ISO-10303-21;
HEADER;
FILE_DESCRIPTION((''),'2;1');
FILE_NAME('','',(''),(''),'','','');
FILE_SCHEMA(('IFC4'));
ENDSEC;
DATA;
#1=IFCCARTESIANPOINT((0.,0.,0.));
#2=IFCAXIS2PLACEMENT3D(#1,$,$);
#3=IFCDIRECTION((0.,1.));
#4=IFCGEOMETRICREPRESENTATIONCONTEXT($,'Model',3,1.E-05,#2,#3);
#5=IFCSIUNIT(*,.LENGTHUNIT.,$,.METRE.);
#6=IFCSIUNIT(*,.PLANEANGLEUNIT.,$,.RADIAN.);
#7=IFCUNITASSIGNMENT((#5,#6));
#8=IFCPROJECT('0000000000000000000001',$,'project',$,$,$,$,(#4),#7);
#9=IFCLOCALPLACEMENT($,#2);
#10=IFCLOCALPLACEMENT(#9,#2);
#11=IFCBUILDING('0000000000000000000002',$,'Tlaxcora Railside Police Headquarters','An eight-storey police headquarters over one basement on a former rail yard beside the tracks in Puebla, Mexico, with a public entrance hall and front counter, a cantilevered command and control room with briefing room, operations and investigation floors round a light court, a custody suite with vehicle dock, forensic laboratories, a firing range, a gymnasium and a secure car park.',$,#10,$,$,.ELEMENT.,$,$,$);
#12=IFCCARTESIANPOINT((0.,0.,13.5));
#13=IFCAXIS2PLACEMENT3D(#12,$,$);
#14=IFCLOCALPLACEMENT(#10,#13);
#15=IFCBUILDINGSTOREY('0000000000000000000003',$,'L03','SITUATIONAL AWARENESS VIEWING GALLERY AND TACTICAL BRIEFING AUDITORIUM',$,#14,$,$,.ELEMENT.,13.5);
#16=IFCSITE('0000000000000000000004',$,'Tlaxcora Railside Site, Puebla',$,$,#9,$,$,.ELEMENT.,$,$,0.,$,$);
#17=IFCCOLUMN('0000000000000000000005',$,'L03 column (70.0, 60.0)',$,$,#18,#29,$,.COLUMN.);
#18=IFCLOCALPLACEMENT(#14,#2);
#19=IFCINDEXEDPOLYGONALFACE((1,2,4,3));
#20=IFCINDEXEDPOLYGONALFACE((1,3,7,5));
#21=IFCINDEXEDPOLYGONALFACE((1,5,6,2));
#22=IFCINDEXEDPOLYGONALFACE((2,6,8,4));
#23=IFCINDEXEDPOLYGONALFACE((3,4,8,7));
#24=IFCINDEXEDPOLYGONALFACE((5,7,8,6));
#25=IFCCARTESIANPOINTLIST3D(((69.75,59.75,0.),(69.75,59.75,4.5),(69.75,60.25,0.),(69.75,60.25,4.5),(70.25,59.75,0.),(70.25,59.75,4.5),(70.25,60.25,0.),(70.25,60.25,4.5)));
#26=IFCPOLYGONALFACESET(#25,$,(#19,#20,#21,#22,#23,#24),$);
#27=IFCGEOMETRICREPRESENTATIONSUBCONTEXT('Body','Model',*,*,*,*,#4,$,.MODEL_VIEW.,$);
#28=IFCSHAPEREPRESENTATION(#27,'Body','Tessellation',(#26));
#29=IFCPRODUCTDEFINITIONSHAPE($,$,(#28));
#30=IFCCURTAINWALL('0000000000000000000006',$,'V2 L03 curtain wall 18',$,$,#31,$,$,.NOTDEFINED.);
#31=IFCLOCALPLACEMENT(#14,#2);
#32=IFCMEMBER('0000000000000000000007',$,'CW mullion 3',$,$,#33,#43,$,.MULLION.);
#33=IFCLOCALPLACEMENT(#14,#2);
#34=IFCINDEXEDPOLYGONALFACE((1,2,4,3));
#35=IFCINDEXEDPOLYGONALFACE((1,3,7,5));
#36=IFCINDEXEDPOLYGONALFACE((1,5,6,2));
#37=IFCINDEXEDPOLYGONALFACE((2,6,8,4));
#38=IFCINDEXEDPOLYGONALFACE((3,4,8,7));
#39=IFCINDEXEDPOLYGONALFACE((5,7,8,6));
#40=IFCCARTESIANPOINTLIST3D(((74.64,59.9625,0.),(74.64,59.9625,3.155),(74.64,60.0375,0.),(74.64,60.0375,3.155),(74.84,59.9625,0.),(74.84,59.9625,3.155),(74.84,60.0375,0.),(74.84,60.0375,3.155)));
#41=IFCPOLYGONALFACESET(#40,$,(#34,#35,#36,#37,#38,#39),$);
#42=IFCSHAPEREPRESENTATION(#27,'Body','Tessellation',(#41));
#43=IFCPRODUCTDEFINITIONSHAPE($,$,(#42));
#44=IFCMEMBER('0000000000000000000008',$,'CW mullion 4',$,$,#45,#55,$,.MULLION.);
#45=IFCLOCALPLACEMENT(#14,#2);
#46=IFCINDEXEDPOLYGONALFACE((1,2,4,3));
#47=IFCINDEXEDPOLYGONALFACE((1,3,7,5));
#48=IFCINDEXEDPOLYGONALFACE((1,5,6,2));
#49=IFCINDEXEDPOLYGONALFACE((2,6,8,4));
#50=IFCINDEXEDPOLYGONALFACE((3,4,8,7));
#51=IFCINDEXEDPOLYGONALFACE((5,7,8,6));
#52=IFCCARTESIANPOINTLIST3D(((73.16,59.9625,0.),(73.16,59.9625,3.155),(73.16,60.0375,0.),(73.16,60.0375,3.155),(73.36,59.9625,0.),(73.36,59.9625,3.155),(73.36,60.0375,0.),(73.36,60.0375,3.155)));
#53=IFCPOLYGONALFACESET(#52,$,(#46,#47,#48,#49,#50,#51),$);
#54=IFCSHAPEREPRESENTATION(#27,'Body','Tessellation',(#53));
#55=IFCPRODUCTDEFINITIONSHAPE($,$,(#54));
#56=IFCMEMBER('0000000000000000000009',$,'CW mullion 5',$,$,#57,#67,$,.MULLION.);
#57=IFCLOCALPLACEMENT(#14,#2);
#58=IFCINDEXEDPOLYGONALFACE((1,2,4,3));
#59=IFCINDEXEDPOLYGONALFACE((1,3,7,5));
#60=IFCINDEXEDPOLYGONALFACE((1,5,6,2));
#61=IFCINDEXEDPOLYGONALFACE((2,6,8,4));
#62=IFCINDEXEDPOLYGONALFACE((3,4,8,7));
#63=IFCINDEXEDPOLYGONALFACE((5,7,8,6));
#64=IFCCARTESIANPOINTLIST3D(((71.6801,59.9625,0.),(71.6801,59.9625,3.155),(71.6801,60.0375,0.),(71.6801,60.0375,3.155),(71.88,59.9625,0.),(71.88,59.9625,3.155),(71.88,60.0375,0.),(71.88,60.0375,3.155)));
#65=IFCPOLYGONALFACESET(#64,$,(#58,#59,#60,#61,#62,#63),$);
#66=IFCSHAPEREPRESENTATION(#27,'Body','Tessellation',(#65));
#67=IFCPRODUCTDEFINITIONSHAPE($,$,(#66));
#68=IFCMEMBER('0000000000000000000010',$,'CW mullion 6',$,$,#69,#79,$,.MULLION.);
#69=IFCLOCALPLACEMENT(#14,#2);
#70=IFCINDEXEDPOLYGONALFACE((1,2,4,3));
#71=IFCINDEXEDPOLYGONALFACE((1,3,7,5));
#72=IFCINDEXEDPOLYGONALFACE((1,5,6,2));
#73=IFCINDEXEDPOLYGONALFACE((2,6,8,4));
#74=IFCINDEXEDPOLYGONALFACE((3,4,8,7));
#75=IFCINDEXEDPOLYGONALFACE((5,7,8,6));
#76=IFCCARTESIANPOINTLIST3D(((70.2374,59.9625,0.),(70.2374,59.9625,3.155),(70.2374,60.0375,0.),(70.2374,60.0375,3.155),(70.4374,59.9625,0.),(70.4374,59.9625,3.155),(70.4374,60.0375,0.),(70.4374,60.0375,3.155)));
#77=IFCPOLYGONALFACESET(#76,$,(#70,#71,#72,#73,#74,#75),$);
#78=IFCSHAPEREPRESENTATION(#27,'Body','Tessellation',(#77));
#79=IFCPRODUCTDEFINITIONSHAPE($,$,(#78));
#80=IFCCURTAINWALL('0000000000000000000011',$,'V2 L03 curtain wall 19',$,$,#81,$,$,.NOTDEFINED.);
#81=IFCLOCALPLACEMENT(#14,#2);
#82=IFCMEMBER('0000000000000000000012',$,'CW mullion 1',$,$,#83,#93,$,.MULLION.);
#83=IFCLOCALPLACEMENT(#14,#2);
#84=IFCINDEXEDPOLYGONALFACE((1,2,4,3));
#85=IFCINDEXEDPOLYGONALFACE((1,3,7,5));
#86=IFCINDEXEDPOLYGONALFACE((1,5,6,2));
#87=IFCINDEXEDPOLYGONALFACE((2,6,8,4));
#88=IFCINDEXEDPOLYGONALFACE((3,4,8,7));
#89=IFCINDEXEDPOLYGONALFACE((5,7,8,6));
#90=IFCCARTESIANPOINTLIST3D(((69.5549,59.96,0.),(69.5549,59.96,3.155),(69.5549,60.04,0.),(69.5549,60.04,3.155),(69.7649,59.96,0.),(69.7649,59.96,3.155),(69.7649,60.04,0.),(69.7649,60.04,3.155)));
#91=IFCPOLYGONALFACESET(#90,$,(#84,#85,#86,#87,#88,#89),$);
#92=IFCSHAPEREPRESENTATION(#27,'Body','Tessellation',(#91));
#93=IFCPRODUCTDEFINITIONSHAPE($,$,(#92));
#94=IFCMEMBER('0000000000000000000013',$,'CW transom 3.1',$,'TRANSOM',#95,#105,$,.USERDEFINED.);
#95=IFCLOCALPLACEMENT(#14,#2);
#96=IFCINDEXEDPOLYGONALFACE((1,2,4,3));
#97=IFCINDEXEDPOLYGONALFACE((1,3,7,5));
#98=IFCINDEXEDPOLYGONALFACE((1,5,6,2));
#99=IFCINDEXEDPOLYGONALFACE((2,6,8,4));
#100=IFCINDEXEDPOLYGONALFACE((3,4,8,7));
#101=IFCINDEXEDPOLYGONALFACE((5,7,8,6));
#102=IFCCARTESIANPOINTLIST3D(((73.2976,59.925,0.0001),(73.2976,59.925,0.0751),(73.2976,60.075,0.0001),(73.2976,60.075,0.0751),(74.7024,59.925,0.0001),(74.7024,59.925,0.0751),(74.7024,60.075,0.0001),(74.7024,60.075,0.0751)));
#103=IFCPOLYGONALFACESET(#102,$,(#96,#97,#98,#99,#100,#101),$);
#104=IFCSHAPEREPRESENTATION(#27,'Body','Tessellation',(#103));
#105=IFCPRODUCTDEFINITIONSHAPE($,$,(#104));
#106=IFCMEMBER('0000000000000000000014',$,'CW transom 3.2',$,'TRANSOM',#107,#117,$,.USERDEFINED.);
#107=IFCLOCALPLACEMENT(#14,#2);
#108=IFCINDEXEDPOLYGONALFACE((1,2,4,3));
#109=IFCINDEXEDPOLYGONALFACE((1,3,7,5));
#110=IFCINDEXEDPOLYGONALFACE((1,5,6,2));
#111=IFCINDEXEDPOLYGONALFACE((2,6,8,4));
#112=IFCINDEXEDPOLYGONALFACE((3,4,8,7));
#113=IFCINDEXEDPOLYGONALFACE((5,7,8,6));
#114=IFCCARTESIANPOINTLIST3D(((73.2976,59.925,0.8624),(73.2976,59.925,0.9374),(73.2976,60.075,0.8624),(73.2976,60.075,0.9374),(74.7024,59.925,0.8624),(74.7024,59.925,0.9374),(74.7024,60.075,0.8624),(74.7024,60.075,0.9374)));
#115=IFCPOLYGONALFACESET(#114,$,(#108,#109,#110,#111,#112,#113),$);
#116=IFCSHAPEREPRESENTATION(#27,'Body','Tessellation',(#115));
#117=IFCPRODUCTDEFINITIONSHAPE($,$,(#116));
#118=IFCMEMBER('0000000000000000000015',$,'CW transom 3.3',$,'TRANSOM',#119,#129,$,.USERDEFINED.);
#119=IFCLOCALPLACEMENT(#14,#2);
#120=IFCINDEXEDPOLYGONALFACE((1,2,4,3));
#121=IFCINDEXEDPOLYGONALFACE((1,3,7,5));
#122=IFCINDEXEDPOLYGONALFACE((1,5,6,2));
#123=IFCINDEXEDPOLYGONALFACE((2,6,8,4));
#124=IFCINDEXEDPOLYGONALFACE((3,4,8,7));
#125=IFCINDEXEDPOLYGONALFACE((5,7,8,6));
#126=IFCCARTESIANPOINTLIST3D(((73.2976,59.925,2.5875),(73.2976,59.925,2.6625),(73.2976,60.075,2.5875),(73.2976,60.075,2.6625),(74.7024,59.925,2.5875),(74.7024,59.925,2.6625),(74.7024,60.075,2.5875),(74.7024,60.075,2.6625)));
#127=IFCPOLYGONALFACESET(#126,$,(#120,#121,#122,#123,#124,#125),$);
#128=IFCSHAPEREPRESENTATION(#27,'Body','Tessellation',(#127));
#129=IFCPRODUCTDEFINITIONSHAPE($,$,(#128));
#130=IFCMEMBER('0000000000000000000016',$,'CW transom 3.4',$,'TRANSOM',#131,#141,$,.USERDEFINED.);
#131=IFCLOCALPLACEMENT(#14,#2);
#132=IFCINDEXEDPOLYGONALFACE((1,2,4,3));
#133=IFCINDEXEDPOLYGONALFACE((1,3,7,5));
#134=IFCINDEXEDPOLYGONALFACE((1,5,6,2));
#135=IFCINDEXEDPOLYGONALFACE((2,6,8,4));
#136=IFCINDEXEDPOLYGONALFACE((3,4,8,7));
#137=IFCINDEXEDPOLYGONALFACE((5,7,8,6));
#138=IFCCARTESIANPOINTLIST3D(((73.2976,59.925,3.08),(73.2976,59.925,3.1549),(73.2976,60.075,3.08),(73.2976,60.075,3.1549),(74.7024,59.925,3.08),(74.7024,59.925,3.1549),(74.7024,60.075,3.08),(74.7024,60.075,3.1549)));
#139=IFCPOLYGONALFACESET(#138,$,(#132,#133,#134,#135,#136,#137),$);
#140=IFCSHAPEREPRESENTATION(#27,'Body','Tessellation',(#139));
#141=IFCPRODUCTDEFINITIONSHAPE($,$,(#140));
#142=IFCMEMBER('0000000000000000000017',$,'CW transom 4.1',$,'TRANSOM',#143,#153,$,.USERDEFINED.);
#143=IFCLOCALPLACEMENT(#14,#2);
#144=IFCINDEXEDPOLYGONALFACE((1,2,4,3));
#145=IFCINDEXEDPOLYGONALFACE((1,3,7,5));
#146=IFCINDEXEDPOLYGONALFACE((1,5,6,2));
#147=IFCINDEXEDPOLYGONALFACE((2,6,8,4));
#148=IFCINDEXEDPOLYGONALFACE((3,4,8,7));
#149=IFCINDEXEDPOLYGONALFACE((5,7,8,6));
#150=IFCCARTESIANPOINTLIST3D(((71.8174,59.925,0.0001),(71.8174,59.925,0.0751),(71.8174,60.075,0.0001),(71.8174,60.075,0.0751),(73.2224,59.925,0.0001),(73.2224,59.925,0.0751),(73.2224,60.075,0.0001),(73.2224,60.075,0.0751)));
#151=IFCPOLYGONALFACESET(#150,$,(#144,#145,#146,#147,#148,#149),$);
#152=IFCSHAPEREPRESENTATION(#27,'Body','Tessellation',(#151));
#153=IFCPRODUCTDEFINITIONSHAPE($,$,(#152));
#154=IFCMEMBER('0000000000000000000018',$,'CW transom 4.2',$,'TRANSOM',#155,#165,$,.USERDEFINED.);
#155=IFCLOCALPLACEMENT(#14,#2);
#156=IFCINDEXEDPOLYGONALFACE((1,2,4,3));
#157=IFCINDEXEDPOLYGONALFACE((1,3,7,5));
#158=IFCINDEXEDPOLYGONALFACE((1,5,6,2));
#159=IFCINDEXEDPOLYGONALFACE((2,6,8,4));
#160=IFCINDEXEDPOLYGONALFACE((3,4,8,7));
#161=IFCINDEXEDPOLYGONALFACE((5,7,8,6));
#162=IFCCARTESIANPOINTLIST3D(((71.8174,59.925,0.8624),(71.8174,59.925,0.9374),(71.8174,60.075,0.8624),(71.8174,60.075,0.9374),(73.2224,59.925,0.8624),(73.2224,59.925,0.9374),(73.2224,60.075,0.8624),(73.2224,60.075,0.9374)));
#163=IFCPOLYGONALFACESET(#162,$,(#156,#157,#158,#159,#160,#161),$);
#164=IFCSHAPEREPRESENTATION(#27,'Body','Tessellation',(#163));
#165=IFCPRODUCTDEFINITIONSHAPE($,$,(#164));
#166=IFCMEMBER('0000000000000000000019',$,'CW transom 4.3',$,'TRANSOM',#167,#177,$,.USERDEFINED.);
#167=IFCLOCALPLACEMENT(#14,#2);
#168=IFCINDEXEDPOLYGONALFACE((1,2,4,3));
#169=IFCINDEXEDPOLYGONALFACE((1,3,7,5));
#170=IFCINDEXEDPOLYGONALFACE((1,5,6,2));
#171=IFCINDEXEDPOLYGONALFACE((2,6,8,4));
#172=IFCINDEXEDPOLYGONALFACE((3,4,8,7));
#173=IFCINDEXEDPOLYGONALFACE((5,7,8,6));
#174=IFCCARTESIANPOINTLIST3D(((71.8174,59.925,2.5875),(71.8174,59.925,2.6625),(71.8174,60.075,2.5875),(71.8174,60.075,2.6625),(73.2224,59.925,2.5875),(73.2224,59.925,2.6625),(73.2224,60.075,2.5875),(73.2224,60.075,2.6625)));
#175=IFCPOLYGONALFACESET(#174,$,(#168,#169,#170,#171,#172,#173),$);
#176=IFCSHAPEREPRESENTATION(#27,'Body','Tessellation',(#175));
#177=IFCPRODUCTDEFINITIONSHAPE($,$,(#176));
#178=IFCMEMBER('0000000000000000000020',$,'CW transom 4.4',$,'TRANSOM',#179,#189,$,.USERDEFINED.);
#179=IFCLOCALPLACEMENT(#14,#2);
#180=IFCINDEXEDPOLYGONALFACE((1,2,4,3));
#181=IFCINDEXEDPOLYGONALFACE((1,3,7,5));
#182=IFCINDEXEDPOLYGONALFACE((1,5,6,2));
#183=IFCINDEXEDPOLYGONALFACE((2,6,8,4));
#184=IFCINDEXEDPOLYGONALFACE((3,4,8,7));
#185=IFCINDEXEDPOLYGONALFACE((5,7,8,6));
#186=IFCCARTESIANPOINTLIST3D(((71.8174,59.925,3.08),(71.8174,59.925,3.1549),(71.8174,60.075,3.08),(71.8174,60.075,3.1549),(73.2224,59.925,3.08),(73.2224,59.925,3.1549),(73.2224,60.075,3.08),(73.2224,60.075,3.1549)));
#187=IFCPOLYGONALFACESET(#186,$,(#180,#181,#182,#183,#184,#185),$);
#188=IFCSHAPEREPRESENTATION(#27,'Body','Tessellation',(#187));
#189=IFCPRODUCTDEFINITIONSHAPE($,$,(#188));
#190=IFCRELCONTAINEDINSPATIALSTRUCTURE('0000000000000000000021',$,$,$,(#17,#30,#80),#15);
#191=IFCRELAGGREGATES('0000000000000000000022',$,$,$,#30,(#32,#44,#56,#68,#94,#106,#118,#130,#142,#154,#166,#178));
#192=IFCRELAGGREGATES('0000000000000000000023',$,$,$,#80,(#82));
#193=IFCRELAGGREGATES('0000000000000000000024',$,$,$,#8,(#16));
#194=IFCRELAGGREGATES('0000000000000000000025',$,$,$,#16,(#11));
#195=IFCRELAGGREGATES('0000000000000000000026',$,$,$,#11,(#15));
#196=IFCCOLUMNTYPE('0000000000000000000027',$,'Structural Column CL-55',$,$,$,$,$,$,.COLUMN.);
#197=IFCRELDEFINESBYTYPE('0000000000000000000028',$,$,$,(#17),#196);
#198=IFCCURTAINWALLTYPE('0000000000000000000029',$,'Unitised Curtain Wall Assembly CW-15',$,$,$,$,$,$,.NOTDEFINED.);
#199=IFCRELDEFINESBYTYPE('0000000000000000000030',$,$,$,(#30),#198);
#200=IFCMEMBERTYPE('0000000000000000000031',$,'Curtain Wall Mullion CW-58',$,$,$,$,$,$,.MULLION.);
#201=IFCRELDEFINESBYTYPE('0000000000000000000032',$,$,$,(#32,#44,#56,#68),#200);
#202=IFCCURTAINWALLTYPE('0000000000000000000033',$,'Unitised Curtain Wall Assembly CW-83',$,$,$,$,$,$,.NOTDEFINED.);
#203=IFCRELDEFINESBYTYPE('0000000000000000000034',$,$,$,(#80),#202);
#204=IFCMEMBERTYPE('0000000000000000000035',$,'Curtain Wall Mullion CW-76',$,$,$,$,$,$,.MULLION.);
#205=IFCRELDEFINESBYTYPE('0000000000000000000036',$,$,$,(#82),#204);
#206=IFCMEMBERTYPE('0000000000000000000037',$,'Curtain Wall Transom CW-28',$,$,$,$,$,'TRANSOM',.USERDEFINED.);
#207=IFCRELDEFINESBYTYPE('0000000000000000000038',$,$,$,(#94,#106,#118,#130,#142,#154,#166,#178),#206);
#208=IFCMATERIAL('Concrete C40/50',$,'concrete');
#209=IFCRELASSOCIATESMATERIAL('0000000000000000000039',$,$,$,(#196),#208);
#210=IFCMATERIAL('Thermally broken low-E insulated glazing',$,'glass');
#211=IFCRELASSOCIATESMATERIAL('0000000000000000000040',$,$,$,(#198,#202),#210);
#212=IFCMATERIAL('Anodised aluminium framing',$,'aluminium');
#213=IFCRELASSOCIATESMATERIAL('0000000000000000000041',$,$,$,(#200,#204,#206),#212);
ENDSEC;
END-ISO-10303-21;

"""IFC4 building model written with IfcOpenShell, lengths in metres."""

from ifc_helpers import new_model, si_unit, direction, frame, origin, origin_2d, place, context, subcontext, project, spatial, rectangle, extrude, material, material_profile, profile_set, type_object, element, aggregate, save


model = new_model("IFC4")

# Units and contexts
model_context = context("Model", 3, precision=1e-05, world=origin(), true_north=direction((0.0, 1.0)))
body_context = subcontext(model_context, "Body", "Model", "MODEL_VIEW")
ifc_project = project(units=[si_unit("LENGTHUNIT", "METRE"), si_unit("PLANEANGLEUNIT", "RADIAN")], contexts=[model_context])

# Site, building, storey
site_placement = place(None, origin())
site = spatial("IfcSite", under=ifc_project, at=site_placement, Name="Tlaxcora Railside Site, Puebla", CompositionType="ELEMENT", RefElevation=0.0)
building_placement = place(site_placement, origin())
building = spatial("IfcBuilding", under=site, at=building_placement, Name="Tlaxcora Railside Police Headquarters", Description="An eight-storey police headquarters over one basement on a former rail yard beside the tracks in Puebla, Mexico, with a public entrance hall and front counter, a cantilevered command and control room with briefing room, operations and investigation floors round a light court, a custody suite with vehicle dock, forensic laboratories, a firing range, a gymnasium and a secure car park.", CompositionType="ELEMENT")
storey_placement = place(building_placement, frame((0.0, 0.0, 13.5)))
storey = spatial("IfcBuildingStorey", under=building, at=storey_placement, Name="L03", Description="SITUATIONAL AWARENESS VIEWING GALLERY AND TACTICAL BRIEFING AUDITORIUM", CompositionType="ELEMENT", Elevation=13.5)

# Column
ifc_material_1 = material(Name="Concrete C40/50", Category="concrete")
ifc_material_profile_1 = material_profile(ifc_material_1, rectangle(XDim=0.5, YDim=0.5, at=origin_2d()), Name="RC500X500")
ifc_profile_set_1 = profile_set([ifc_material_profile_1], Name="Concrete C40/50")
column_type = type_object("IfcColumnType", Name="Structural Column CL-55", PredefinedType="COLUMN", material=ifc_profile_set_1)
column_placement = place(storey_placement, frame((70.0, 60.0, 0.0), z_axis=(0.0, 0.0, 1.0), x_axis=(1.0, 0.0, 0.0)))
element("IfcColumn", 1, at=column_placement, inside=storey, type_object=column_type, Name="L03 column (70.0, 60.0)", PredefinedType="COLUMN", context=body_context, shape_type="SweptSolid", body=[
    extrude(rectangle(XDim=0.5, YDim=0.5, at=origin_2d()), origin(), (0.0, 0.0, 1.0), 4.5),
])

# Curtain wall, members
ifc_material_2 = material(Name="Thermally broken low-E insulated glazing", Category="glass")
curtain_wall_type_1 = type_object("IfcCurtainWallType", Name="Unitised Curtain Wall Assembly CW-15", PredefinedType="NOTDEFINED", material=ifc_material_2)
curtain_wall_1_placement = place(storey_placement, origin())
curtain_wall_1 = element("IfcCurtainWall", 2, at=curtain_wall_1_placement, inside=storey, type_object=curtain_wall_type_1, Name="V2 L03 curtain wall 18", PredefinedType="NOTDEFINED")
ifc_material_3 = material(Name="Anodised aluminium framing", Category="aluminium")
ifc_material_profile_2 = material_profile(ifc_material_3, rectangle(XDim=0.075, YDim=0.2, at=origin_2d()), Name="AL75X200")
ifc_profile_set_2 = profile_set([ifc_material_profile_2], Name="Anodised aluminium framing")
member_type_1 = type_object("IfcMemberType", Name="Curtain Wall Mullion CW-58", PredefinedType="MULLION", material=ifc_profile_set_2)
member_1_placement = place(storey_placement, frame((74.74, 60.0, 0.0), z_axis=(0.0, 0.0, 1.0), x_axis=(0.0, -1.0, 0.0)))
member_1 = element("IfcMember", 3, at=member_1_placement, type_object=member_type_1, Name="CW mullion 3", PredefinedType="MULLION", context=body_context, shape_type="SweptSolid", body=[
    extrude(rectangle(XDim=0.075, YDim=0.2, at=origin_2d()), origin(), (0.0, 0.0, 1.0), 3.155),
])
member_2_placement = place(storey_placement, frame((73.26, 60.0, 0.0), z_axis=(0.0, 0.0, 1.0), x_axis=(0.0, -1.0, 0.0)))
member_2 = element("IfcMember", 4, at=member_2_placement, type_object=member_type_1, Name="CW mullion 4", PredefinedType="MULLION", context=body_context, shape_type="SweptSolid", body=[
    extrude(rectangle(XDim=0.075, YDim=0.2, at=origin_2d()), origin(), (0.0, 0.0, 1.0), 3.155),
])
member_3_placement = place(storey_placement, frame((71.78, 60.0, 0.0), z_axis=(0.0, 0.0, 1.0), x_axis=(0.0, -1.0, 0.0)))
member_3 = element("IfcMember", 5, at=member_3_placement, type_object=member_type_1, Name="CW mullion 5", PredefinedType="MULLION", context=body_context, shape_type="SweptSolid", body=[
    extrude(rectangle(XDim=0.075, YDim=0.2, at=origin_2d()), origin(), (0.0, 0.0, 1.0), 3.155),
])
member_4_placement = place(storey_placement, frame((70.3374, 60.0, 0.0), z_axis=(0.0, 0.0, 1.0), x_axis=(0.0, -1.0, 0.0)))
member_4 = element("IfcMember", 6, at=member_4_placement, type_object=member_type_1, Name="CW mullion 6", PredefinedType="MULLION", context=body_context, shape_type="SweptSolid", body=[
    extrude(rectangle(XDim=0.075, YDim=0.2, at=origin_2d()), origin(), (0.0, 0.0, 1.0), 3.155),
])

# Curtain wall, member
curtain_wall_type_2 = type_object("IfcCurtainWallType", Name="Unitised Curtain Wall Assembly CW-83", PredefinedType="NOTDEFINED", material=ifc_material_2)
curtain_wall_2_placement = place(storey_placement, origin())
curtain_wall_2 = element("IfcCurtainWall", 7, at=curtain_wall_2_placement, inside=storey, type_object=curtain_wall_type_2, Name="V2 L03 curtain wall 19", PredefinedType="NOTDEFINED")
ifc_material_profile_3 = material_profile(ifc_material_3, rectangle(XDim=0.0801, YDim=0.21, at=origin_2d()), Name="AL80X210")
ifc_profile_set_3 = profile_set([ifc_material_profile_3], Name="Anodised aluminium framing")
member_type_2 = type_object("IfcMemberType", Name="Curtain Wall Mullion CW-76", PredefinedType="MULLION", material=ifc_profile_set_3)
member_5_placement = place(storey_placement, frame((69.6599, 60.0, 0.0), z_axis=(0.0, 0.0, 1.0), x_axis=(0.0, -1.0, 0.0)))
member_5 = element("IfcMember", 8, at=member_5_placement, type_object=member_type_2, Name="CW mullion 1", PredefinedType="MULLION", context=body_context, shape_type="SweptSolid", body=[
    extrude(rectangle(XDim=0.0801, YDim=0.21, at=origin_2d()), origin(), (0.0, 0.0, 1.0), 3.155),
])

# Members
ifc_material_profile_4 = material_profile(ifc_material_3, rectangle(XDim=0.1499, YDim=0.075, at=origin_2d()), Name="AL75X150")
ifc_profile_set_4 = profile_set([ifc_material_profile_4], Name="Anodised aluminium framing")
member_type_3 = type_object("IfcMemberType", Name="Curtain Wall Transom CW-28", ElementType="TRANSOM", PredefinedType="USERDEFINED", material=ifc_profile_set_4)
member_6_placement = place(storey_placement, frame((74.7024, 60.0, 0.0376), z_axis=(-1.0, 0.0, 0.0), x_axis=(0.0, -1.0, 0.0)))
member_6 = element("IfcMember", 9, at=member_6_placement, type_object=member_type_3, Name="CW transom 3.1", ObjectType="TRANSOM", PredefinedType="USERDEFINED", context=body_context, shape_type="SweptSolid", body=[
    extrude(rectangle(XDim=0.1499, YDim=0.075, at=origin_2d()), origin(), (0.0, 0.0, 1.0), 1.4048),
])
member_7_placement = place(storey_placement, frame((74.7024, 60.0, 0.8999), z_axis=(-1.0, 0.0, 0.0), x_axis=(0.0, -1.0, 0.0)))
member_7 = element("IfcMember", 10, at=member_7_placement, type_object=member_type_3, Name="CW transom 3.2", ObjectType="TRANSOM", PredefinedType="USERDEFINED", context=body_context, shape_type="SweptSolid", body=[
    extrude(rectangle(XDim=0.1499, YDim=0.075, at=origin_2d()), origin(), (0.0, 0.0, 1.0), 1.4048),
])
member_8_placement = place(storey_placement, frame((74.7024, 60.0, 2.625), z_axis=(-1.0, 0.0, 0.0), x_axis=(0.0, -1.0, 0.0)))
member_8 = element("IfcMember", 11, at=member_8_placement, type_object=member_type_3, Name="CW transom 3.3", ObjectType="TRANSOM", PredefinedType="USERDEFINED", context=body_context, shape_type="SweptSolid", body=[
    extrude(rectangle(XDim=0.1499, YDim=0.075, at=origin_2d()), origin(), (0.0, 0.0, 1.0), 1.4048),
])
member_9_placement = place(storey_placement, frame((74.7024, 60.0, 3.1174), z_axis=(-1.0, 0.0, 0.0), x_axis=(0.0, -1.0, 0.0)))
member_9 = element("IfcMember", 12, at=member_9_placement, type_object=member_type_3, Name="CW transom 3.4", ObjectType="TRANSOM", PredefinedType="USERDEFINED", context=body_context, shape_type="SweptSolid", body=[
    extrude(rectangle(XDim=0.1499, YDim=0.075, at=origin_2d()), origin(), (0.0, 0.0, 1.0), 1.4048),
])
member_10_placement = place(storey_placement, frame((73.2224, 60.0, 0.0376), z_axis=(-1.0, 0.0, 0.0), x_axis=(0.0, -1.0, 0.0)))
member_10 = element("IfcMember", 13, at=member_10_placement, type_object=member_type_3, Name="CW transom 4.1", ObjectType="TRANSOM", PredefinedType="USERDEFINED", context=body_context, shape_type="SweptSolid", body=[
    extrude(rectangle(XDim=0.1499, YDim=0.075, at=origin_2d()), origin(), (0.0, 0.0, 1.0), 1.405),
])
member_11_placement = place(storey_placement, frame((73.2224, 60.0, 0.8999), z_axis=(-1.0, 0.0, 0.0), x_axis=(0.0, -1.0, 0.0)))
member_11 = element("IfcMember", 14, at=member_11_placement, type_object=member_type_3, Name="CW transom 4.2", ObjectType="TRANSOM", PredefinedType="USERDEFINED", context=body_context, shape_type="SweptSolid", body=[
    extrude(rectangle(XDim=0.1499, YDim=0.075, at=origin_2d()), origin(), (0.0, 0.0, 1.0), 1.405),
])
member_12_placement = place(storey_placement, frame((73.2224, 60.0, 2.625), z_axis=(-1.0, 0.0, 0.0), x_axis=(0.0, -1.0, 0.0)))
member_12 = element("IfcMember", 15, at=member_12_placement, type_object=member_type_3, Name="CW transom 4.3", ObjectType="TRANSOM", PredefinedType="USERDEFINED", context=body_context, shape_type="SweptSolid", body=[
    extrude(rectangle(XDim=0.1499, YDim=0.075, at=origin_2d()), origin(), (0.0, 0.0, 1.0), 1.405),
])
member_13_placement = place(storey_placement, frame((73.2224, 60.0, 3.1174), z_axis=(-1.0, 0.0, 0.0), x_axis=(0.0, -1.0, 0.0)))
member_13 = element("IfcMember", 16, at=member_13_placement, type_object=member_type_3, Name="CW transom 4.4", ObjectType="TRANSOM", PredefinedType="USERDEFINED", context=body_context, shape_type="SweptSolid", body=[
    extrude(rectangle(XDim=0.1499, YDim=0.075, at=origin_2d()), origin(), (0.0, 0.0, 1.0), 1.405),
])

aggregate(curtain_wall_1, [member_1, member_2, member_3, member_4, member_6, member_7, member_8, member_9, member_10, member_11, member_12, member_13])
aggregate(curtain_wall_2, [member_5])

save(model, "model.ifc")
